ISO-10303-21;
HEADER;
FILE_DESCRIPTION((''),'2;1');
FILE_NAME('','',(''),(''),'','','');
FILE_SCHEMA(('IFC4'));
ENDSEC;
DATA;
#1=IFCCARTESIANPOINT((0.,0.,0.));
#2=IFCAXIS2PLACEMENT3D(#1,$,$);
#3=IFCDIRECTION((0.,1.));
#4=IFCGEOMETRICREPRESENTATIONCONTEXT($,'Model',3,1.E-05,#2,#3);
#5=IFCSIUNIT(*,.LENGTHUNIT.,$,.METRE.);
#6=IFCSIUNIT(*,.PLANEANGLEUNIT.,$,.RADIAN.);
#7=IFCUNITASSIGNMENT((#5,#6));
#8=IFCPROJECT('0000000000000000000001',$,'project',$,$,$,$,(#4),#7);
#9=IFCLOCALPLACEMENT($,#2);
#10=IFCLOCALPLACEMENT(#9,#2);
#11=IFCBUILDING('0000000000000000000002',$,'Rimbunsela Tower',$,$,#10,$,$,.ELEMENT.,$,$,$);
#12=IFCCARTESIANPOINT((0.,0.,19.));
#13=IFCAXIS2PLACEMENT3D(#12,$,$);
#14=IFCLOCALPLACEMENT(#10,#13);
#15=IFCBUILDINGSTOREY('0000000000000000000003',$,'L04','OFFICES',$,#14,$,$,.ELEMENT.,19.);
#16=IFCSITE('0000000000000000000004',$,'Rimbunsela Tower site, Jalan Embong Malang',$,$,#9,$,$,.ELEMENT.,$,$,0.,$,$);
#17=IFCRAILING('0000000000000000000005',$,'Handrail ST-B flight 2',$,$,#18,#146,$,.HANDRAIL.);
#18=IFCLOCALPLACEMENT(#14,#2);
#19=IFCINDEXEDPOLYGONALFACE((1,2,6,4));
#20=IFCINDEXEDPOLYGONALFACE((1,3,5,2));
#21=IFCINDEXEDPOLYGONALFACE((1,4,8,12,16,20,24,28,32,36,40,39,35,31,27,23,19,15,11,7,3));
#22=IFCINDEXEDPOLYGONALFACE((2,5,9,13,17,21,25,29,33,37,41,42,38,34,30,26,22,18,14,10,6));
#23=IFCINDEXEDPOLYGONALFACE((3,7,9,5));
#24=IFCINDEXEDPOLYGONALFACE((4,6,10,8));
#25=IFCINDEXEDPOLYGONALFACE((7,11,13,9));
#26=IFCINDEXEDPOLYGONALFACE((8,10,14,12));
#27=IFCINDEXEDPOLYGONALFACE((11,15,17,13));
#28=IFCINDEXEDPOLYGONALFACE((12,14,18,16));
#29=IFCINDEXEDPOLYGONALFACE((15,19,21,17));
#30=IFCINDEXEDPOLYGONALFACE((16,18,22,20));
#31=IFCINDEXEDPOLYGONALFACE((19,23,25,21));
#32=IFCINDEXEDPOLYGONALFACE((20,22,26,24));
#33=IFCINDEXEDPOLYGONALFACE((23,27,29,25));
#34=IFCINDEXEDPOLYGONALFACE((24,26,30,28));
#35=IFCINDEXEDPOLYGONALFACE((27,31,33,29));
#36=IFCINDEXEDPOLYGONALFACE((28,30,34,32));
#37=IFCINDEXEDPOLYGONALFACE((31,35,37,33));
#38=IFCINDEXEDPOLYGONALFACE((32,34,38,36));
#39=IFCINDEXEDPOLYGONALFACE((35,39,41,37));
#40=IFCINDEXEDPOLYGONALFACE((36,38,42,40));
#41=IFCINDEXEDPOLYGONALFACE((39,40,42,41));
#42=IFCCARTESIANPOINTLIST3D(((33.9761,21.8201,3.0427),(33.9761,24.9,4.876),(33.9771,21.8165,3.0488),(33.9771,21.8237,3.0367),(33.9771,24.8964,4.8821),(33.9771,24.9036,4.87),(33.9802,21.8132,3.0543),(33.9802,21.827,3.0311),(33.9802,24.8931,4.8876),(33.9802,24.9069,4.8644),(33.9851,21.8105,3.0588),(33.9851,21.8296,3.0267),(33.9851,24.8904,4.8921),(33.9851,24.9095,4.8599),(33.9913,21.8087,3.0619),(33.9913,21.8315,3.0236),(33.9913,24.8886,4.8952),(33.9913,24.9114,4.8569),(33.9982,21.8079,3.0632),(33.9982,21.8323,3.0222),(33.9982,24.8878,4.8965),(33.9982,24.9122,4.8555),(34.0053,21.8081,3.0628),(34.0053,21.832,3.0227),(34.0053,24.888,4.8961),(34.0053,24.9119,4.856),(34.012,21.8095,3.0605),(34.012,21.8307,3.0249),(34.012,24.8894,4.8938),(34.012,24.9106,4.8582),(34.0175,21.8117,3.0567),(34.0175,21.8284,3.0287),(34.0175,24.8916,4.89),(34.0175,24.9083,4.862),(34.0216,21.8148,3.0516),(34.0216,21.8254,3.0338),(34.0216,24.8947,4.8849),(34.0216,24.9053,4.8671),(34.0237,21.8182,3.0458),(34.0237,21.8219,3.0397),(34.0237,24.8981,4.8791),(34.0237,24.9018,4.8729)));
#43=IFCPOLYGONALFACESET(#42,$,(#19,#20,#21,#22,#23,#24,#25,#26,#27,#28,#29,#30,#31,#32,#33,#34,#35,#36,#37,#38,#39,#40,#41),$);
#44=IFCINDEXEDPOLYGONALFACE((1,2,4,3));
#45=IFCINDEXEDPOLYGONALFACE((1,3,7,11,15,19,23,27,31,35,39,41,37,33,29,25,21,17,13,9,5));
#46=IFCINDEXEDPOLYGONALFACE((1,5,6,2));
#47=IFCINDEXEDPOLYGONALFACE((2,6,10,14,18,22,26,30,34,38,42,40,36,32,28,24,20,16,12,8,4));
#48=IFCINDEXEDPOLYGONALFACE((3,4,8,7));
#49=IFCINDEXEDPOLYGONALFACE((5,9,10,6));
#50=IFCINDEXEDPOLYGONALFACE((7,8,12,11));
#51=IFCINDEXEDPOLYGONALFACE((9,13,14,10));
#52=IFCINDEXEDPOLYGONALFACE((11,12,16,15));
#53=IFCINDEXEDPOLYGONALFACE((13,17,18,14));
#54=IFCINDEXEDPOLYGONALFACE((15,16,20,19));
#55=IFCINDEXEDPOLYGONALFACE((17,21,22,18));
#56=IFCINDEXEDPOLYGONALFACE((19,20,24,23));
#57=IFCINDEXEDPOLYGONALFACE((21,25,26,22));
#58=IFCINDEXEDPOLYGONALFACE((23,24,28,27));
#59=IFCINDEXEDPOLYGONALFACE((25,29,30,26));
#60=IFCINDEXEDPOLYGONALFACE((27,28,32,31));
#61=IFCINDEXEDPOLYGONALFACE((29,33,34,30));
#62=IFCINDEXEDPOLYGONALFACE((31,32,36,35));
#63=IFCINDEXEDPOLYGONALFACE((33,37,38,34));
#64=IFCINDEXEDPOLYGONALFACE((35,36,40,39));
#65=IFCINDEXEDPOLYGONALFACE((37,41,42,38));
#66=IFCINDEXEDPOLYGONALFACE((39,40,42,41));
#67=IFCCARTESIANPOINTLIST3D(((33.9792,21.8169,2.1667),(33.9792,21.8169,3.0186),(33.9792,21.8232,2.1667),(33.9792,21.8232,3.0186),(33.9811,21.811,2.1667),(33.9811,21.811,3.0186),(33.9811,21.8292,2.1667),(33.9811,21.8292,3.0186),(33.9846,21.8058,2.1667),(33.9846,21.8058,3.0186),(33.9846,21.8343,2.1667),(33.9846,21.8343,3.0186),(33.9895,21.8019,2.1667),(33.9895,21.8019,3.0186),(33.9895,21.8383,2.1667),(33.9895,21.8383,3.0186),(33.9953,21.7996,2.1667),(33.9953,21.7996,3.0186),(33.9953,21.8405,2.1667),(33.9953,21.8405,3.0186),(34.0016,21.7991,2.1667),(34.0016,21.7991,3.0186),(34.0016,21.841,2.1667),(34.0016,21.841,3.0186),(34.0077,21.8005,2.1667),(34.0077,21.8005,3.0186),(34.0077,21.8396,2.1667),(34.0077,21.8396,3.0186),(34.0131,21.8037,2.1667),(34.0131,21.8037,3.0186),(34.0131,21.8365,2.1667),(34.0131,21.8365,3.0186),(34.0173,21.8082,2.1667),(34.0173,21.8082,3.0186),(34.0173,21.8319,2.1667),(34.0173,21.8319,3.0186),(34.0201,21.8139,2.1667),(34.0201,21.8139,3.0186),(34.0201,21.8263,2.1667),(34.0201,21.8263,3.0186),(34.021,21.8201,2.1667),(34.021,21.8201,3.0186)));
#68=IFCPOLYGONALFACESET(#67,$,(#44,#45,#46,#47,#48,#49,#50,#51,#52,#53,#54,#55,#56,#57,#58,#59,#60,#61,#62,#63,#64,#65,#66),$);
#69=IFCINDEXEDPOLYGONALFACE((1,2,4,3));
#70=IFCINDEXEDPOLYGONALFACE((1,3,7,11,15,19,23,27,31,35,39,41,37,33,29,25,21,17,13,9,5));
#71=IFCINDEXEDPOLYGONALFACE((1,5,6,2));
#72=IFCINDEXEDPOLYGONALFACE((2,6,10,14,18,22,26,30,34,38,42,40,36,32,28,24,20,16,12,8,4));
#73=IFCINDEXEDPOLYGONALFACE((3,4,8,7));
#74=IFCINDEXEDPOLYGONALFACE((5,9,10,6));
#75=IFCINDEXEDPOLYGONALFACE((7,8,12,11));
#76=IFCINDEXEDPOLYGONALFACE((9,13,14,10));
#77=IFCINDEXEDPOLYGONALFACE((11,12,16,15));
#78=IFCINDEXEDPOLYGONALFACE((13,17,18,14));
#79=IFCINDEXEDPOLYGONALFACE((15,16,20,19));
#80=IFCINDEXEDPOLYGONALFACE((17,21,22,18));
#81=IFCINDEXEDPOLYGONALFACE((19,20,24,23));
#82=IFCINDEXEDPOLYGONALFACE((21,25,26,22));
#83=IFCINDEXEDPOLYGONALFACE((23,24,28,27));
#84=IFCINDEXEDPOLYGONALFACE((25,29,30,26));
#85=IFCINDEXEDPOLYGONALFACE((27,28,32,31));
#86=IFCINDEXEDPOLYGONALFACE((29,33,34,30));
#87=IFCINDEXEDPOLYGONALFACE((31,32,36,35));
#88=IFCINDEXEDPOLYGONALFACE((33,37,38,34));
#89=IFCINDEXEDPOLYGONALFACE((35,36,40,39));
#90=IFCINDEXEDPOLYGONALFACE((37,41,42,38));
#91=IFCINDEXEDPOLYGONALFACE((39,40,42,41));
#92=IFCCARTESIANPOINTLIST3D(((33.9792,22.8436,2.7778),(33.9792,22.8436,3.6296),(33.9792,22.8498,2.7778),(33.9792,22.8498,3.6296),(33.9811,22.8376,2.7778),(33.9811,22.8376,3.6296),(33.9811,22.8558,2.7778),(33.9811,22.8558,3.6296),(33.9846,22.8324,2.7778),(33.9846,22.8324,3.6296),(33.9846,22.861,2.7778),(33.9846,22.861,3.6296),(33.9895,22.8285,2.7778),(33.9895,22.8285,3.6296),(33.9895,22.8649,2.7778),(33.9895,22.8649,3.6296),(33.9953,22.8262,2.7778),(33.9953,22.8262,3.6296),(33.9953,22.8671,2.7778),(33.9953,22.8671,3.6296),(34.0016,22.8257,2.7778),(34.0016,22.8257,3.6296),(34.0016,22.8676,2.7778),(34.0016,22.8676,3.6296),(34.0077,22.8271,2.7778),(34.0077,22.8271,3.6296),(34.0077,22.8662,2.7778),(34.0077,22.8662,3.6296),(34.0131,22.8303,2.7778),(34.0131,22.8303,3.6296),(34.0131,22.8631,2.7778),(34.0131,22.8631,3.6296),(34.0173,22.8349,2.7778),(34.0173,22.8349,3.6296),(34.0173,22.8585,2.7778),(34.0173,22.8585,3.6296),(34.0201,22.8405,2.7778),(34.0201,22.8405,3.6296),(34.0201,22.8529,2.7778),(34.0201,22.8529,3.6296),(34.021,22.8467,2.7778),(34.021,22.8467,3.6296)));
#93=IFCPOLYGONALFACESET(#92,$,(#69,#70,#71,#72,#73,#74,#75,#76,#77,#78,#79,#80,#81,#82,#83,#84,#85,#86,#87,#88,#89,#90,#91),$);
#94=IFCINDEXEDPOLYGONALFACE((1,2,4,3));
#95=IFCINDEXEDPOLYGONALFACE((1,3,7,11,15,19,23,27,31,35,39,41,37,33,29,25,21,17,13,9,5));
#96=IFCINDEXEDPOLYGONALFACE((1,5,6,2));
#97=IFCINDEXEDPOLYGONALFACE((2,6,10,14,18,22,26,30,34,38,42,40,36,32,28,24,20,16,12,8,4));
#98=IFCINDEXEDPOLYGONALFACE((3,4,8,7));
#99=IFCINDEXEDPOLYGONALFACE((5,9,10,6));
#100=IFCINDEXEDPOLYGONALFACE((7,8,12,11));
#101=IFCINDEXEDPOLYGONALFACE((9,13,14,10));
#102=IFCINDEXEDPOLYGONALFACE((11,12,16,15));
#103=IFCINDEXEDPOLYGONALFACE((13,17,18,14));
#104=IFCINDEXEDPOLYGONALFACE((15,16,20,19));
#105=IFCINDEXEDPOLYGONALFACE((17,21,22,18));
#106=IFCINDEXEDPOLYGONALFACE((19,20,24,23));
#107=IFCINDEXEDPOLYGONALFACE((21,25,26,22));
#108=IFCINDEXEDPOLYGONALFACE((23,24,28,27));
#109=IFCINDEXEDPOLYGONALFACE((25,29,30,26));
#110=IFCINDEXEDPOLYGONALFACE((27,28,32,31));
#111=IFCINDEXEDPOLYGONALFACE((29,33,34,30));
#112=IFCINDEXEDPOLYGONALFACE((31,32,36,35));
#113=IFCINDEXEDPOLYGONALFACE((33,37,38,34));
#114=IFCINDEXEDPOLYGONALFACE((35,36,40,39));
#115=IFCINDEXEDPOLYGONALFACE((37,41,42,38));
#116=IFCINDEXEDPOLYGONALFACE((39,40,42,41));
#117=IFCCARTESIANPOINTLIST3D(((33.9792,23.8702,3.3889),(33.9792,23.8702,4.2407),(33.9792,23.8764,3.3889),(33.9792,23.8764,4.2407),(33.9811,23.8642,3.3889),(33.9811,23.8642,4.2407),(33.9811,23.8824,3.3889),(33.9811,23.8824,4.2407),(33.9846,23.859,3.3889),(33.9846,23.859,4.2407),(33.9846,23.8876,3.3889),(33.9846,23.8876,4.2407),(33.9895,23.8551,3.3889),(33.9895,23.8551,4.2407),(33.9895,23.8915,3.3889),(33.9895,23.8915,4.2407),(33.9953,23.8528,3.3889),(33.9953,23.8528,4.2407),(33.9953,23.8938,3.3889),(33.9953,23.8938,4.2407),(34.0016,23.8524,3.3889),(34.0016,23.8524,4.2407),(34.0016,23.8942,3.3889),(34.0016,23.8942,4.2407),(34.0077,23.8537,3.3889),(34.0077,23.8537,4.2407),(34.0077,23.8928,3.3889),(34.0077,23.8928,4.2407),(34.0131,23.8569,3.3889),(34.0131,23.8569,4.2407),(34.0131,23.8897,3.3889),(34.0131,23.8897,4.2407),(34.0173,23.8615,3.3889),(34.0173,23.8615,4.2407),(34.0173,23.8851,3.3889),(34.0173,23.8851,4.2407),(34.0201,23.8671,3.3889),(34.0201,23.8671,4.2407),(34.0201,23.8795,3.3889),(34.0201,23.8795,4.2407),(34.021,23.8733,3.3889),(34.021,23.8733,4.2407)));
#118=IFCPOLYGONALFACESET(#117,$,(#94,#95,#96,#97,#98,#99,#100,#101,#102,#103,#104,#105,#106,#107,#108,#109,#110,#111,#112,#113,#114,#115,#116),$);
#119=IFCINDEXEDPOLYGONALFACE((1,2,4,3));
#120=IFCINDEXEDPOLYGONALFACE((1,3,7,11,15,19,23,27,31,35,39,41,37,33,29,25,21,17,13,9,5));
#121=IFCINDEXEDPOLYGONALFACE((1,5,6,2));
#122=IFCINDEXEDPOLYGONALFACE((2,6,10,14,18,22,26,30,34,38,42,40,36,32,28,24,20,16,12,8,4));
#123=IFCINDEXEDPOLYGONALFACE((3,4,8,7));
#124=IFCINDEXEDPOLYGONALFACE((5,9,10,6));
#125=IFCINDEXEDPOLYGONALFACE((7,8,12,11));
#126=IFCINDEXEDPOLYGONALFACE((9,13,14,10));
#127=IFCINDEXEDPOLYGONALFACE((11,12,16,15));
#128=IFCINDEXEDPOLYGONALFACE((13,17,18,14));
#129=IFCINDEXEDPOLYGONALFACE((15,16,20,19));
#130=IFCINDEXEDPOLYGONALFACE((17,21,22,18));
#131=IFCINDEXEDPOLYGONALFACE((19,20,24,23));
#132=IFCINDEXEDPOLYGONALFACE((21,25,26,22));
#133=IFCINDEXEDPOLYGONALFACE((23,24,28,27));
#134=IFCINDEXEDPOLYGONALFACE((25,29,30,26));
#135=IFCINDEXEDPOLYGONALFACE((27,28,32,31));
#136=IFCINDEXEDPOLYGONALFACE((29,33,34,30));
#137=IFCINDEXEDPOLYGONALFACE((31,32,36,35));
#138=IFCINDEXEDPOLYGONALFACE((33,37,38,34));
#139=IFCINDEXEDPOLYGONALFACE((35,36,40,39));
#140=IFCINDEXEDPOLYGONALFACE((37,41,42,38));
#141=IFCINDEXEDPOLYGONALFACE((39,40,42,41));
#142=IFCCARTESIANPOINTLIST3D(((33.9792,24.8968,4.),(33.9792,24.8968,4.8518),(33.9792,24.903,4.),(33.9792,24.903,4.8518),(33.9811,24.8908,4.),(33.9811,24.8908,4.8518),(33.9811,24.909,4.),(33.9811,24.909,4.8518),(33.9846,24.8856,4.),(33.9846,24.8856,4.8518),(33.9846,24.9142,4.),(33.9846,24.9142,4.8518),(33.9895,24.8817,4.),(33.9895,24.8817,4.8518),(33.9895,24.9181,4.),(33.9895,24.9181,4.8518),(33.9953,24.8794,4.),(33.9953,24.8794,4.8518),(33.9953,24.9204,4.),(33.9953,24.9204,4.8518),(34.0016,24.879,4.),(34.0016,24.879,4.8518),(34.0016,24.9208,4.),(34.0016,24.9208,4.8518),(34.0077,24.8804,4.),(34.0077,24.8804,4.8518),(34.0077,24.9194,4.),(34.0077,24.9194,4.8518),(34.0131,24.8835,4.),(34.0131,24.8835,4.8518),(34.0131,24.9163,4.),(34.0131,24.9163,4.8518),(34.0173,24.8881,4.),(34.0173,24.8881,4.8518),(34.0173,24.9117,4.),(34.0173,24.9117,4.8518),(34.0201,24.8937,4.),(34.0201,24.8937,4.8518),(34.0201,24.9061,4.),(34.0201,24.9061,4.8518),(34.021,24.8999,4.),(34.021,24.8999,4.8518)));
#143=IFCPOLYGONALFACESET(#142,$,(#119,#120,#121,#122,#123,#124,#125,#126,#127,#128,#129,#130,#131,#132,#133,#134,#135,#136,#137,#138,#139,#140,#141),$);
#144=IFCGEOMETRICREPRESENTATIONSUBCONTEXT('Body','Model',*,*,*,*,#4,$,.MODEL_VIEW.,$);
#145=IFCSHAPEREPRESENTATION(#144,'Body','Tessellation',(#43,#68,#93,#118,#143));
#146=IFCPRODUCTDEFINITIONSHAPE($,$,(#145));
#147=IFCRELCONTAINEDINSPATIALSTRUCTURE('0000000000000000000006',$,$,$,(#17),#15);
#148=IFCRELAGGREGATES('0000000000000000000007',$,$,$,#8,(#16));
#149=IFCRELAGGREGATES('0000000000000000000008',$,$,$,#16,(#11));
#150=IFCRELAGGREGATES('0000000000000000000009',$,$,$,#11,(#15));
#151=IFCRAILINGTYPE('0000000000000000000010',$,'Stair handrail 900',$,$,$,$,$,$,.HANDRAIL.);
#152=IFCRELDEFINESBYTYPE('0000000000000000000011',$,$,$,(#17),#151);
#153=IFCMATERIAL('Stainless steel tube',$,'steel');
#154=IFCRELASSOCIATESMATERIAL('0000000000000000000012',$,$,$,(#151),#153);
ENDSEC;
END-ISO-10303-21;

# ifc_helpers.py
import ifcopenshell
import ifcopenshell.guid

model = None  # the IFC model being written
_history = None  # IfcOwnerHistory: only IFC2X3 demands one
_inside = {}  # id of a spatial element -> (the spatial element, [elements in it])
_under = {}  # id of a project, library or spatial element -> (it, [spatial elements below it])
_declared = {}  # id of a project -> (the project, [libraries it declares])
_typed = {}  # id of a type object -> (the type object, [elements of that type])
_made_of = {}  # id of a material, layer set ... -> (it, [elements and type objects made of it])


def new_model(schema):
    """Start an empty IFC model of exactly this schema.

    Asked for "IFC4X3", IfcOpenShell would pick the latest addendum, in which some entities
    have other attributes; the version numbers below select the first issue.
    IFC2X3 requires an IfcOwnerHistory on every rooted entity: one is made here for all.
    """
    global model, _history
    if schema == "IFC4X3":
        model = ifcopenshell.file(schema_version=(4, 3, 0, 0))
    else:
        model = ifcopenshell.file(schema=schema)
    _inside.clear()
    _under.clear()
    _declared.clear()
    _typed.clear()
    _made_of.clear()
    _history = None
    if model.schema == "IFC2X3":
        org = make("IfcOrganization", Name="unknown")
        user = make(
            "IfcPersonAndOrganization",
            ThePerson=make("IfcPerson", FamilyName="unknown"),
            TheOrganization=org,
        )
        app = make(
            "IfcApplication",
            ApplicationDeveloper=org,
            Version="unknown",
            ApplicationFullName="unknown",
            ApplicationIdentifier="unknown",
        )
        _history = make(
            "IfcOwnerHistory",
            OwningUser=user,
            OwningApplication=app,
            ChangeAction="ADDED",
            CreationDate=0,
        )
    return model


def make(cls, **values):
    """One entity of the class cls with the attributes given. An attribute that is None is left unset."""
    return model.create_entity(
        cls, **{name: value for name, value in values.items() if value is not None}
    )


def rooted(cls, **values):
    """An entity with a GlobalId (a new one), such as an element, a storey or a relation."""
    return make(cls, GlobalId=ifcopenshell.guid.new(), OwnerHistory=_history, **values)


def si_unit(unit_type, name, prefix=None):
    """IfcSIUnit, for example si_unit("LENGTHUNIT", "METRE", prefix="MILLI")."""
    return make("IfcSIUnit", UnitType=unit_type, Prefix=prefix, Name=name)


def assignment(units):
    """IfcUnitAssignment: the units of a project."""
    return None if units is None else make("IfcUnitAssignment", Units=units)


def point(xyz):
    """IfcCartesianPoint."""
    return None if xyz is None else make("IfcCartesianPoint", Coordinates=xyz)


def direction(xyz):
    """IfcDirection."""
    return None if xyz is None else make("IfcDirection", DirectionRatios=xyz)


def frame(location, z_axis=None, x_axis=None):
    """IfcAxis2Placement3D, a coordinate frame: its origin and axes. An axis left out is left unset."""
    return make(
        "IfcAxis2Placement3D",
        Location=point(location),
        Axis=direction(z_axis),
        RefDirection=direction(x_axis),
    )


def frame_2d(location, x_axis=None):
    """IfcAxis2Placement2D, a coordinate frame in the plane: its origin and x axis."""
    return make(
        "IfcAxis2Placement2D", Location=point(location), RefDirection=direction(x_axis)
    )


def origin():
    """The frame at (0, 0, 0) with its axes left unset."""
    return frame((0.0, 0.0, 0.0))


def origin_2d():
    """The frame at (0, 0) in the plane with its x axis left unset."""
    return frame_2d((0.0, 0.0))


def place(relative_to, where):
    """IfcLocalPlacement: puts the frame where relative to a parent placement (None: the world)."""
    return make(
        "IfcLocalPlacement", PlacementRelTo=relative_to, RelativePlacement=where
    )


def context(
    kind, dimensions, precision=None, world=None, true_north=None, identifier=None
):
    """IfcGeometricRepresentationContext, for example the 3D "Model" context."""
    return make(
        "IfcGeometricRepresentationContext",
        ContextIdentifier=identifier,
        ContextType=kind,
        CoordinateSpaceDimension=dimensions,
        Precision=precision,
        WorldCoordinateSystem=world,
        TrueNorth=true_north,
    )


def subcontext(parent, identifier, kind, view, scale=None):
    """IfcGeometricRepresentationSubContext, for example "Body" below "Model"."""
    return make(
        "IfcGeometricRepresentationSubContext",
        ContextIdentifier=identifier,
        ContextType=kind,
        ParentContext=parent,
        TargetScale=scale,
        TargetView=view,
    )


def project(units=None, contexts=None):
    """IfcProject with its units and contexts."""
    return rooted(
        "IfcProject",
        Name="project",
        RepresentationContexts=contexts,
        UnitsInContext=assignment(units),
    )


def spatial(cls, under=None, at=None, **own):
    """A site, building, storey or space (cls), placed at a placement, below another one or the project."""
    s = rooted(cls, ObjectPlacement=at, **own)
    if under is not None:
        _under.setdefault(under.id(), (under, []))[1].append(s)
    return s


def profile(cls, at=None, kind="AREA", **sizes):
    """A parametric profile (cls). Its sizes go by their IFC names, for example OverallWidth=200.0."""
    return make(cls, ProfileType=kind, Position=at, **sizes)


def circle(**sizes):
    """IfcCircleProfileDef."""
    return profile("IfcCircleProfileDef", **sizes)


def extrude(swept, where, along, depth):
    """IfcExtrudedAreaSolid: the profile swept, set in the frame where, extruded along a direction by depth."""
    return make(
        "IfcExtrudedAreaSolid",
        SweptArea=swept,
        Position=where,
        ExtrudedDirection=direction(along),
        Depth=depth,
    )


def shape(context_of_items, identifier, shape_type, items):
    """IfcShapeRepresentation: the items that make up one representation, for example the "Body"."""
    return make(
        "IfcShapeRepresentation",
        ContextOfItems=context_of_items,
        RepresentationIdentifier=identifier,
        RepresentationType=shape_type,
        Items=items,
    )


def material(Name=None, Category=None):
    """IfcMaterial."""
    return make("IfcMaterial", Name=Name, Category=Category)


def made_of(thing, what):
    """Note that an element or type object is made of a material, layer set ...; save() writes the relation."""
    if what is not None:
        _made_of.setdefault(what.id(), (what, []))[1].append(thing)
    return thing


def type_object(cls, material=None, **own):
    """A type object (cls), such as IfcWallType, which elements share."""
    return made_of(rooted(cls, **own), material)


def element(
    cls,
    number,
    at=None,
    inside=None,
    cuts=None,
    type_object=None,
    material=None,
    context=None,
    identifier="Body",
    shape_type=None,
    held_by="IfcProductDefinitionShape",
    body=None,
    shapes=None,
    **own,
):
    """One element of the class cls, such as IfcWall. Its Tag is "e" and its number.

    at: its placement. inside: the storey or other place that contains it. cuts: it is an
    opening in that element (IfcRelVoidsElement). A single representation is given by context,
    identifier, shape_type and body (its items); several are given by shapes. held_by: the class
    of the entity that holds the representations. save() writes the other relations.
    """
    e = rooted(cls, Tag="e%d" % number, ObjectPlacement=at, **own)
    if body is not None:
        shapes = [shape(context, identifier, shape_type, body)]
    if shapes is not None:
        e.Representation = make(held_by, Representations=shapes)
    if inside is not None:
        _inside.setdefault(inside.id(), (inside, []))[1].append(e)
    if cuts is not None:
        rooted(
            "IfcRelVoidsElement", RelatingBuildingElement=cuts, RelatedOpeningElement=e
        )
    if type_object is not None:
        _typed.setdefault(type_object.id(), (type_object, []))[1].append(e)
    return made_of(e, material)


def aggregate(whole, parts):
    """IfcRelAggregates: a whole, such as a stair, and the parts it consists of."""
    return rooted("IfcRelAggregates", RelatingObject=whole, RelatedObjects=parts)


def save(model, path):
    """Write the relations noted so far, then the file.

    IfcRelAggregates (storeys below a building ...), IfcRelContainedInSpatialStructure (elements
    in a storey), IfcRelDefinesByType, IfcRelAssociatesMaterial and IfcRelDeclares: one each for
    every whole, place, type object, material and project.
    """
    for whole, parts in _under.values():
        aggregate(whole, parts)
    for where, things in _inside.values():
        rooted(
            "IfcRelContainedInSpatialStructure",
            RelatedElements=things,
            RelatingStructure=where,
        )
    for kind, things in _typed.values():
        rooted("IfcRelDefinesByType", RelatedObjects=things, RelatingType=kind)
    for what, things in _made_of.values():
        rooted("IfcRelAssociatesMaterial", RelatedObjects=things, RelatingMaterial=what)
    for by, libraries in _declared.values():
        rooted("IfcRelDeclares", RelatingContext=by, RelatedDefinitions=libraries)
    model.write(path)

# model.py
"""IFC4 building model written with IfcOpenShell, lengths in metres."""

from ifc_helpers import new_model, si_unit, direction, frame, origin, origin_2d, place, context, subcontext, project, spatial, circle, extrude, material, type_object, element, save


model = new_model("IFC4")

# Units and contexts
model_context = context("Model", 3, precision=1e-05, world=origin(), true_north=direction((0.0, 1.0)))
body_context = subcontext(model_context, "Body", "Model", "MODEL_VIEW")
ifc_project = project(units=[si_unit("LENGTHUNIT", "METRE"), si_unit("PLANEANGLEUNIT", "RADIAN")], contexts=[model_context])

# Site, building, storey
site_placement = place(None, origin())
site = spatial("IfcSite", under=ifc_project, at=site_placement, Name="Rimbunsela Tower site, Jalan Embong Malang", CompositionType="ELEMENT", RefElevation=0.0)
building_placement = place(site_placement, origin())
building = spatial("IfcBuilding", under=site, at=building_placement, Name="Rimbunsela Tower", CompositionType="ELEMENT")
storey_placement = place(building_placement, frame((0.0, 0.0, 19.0)))
storey = spatial("IfcBuildingStorey", under=building, at=storey_placement, Name="L04", Description="OFFICES", CompositionType="ELEMENT", Elevation=19.0)

# Railing
ifc_material_1 = material(Name="Stainless steel tube", Category="steel")
railing_type = type_object("IfcRailingType", Name="Stair handrail 900", PredefinedType="HANDRAIL", material=ifc_material_1)
railing_1_placement = place(storey_placement, frame((34.0, 21.8201, 2.1667)))
element("IfcRailing", 1, at=railing_1_placement, inside=storey, type_object=railing_type, Name="Handrail ST-B flight 2", PredefinedType="HANDRAIL", context=body_context, shape_type="SweptSolid", body=[
    extrude(circle(Radius=0.0239, at=origin_2d()), frame((0.0, 0.0, 0.876), z_axis=(0.0, 0.859291, 0.511487), x_axis=(-1.0, 0.0, 0.0)), (0.0, 0.0, 1.0), 3.5842),
    extrude(circle(Radius=0.021, at=origin_2d()), origin(), (0.0, 0.0, 1.0), 0.8518),
    extrude(circle(Radius=0.021, at=origin_2d()), frame((0.0, 1.0266, 0.6111)), (0.0, 0.0, 1.0), 0.8518),
    extrude(circle(Radius=0.021, at=origin_2d()), frame((0.0, 2.0532, 1.2222)), (0.0, 0.0, 1.0), 0.8518),
    extrude(circle(Radius=0.021, at=origin_2d()), frame((0.0, 3.0798, 1.8333)), (0.0, 0.0, 1.0), 0.8518),
])

save(model, "model.ifc")
